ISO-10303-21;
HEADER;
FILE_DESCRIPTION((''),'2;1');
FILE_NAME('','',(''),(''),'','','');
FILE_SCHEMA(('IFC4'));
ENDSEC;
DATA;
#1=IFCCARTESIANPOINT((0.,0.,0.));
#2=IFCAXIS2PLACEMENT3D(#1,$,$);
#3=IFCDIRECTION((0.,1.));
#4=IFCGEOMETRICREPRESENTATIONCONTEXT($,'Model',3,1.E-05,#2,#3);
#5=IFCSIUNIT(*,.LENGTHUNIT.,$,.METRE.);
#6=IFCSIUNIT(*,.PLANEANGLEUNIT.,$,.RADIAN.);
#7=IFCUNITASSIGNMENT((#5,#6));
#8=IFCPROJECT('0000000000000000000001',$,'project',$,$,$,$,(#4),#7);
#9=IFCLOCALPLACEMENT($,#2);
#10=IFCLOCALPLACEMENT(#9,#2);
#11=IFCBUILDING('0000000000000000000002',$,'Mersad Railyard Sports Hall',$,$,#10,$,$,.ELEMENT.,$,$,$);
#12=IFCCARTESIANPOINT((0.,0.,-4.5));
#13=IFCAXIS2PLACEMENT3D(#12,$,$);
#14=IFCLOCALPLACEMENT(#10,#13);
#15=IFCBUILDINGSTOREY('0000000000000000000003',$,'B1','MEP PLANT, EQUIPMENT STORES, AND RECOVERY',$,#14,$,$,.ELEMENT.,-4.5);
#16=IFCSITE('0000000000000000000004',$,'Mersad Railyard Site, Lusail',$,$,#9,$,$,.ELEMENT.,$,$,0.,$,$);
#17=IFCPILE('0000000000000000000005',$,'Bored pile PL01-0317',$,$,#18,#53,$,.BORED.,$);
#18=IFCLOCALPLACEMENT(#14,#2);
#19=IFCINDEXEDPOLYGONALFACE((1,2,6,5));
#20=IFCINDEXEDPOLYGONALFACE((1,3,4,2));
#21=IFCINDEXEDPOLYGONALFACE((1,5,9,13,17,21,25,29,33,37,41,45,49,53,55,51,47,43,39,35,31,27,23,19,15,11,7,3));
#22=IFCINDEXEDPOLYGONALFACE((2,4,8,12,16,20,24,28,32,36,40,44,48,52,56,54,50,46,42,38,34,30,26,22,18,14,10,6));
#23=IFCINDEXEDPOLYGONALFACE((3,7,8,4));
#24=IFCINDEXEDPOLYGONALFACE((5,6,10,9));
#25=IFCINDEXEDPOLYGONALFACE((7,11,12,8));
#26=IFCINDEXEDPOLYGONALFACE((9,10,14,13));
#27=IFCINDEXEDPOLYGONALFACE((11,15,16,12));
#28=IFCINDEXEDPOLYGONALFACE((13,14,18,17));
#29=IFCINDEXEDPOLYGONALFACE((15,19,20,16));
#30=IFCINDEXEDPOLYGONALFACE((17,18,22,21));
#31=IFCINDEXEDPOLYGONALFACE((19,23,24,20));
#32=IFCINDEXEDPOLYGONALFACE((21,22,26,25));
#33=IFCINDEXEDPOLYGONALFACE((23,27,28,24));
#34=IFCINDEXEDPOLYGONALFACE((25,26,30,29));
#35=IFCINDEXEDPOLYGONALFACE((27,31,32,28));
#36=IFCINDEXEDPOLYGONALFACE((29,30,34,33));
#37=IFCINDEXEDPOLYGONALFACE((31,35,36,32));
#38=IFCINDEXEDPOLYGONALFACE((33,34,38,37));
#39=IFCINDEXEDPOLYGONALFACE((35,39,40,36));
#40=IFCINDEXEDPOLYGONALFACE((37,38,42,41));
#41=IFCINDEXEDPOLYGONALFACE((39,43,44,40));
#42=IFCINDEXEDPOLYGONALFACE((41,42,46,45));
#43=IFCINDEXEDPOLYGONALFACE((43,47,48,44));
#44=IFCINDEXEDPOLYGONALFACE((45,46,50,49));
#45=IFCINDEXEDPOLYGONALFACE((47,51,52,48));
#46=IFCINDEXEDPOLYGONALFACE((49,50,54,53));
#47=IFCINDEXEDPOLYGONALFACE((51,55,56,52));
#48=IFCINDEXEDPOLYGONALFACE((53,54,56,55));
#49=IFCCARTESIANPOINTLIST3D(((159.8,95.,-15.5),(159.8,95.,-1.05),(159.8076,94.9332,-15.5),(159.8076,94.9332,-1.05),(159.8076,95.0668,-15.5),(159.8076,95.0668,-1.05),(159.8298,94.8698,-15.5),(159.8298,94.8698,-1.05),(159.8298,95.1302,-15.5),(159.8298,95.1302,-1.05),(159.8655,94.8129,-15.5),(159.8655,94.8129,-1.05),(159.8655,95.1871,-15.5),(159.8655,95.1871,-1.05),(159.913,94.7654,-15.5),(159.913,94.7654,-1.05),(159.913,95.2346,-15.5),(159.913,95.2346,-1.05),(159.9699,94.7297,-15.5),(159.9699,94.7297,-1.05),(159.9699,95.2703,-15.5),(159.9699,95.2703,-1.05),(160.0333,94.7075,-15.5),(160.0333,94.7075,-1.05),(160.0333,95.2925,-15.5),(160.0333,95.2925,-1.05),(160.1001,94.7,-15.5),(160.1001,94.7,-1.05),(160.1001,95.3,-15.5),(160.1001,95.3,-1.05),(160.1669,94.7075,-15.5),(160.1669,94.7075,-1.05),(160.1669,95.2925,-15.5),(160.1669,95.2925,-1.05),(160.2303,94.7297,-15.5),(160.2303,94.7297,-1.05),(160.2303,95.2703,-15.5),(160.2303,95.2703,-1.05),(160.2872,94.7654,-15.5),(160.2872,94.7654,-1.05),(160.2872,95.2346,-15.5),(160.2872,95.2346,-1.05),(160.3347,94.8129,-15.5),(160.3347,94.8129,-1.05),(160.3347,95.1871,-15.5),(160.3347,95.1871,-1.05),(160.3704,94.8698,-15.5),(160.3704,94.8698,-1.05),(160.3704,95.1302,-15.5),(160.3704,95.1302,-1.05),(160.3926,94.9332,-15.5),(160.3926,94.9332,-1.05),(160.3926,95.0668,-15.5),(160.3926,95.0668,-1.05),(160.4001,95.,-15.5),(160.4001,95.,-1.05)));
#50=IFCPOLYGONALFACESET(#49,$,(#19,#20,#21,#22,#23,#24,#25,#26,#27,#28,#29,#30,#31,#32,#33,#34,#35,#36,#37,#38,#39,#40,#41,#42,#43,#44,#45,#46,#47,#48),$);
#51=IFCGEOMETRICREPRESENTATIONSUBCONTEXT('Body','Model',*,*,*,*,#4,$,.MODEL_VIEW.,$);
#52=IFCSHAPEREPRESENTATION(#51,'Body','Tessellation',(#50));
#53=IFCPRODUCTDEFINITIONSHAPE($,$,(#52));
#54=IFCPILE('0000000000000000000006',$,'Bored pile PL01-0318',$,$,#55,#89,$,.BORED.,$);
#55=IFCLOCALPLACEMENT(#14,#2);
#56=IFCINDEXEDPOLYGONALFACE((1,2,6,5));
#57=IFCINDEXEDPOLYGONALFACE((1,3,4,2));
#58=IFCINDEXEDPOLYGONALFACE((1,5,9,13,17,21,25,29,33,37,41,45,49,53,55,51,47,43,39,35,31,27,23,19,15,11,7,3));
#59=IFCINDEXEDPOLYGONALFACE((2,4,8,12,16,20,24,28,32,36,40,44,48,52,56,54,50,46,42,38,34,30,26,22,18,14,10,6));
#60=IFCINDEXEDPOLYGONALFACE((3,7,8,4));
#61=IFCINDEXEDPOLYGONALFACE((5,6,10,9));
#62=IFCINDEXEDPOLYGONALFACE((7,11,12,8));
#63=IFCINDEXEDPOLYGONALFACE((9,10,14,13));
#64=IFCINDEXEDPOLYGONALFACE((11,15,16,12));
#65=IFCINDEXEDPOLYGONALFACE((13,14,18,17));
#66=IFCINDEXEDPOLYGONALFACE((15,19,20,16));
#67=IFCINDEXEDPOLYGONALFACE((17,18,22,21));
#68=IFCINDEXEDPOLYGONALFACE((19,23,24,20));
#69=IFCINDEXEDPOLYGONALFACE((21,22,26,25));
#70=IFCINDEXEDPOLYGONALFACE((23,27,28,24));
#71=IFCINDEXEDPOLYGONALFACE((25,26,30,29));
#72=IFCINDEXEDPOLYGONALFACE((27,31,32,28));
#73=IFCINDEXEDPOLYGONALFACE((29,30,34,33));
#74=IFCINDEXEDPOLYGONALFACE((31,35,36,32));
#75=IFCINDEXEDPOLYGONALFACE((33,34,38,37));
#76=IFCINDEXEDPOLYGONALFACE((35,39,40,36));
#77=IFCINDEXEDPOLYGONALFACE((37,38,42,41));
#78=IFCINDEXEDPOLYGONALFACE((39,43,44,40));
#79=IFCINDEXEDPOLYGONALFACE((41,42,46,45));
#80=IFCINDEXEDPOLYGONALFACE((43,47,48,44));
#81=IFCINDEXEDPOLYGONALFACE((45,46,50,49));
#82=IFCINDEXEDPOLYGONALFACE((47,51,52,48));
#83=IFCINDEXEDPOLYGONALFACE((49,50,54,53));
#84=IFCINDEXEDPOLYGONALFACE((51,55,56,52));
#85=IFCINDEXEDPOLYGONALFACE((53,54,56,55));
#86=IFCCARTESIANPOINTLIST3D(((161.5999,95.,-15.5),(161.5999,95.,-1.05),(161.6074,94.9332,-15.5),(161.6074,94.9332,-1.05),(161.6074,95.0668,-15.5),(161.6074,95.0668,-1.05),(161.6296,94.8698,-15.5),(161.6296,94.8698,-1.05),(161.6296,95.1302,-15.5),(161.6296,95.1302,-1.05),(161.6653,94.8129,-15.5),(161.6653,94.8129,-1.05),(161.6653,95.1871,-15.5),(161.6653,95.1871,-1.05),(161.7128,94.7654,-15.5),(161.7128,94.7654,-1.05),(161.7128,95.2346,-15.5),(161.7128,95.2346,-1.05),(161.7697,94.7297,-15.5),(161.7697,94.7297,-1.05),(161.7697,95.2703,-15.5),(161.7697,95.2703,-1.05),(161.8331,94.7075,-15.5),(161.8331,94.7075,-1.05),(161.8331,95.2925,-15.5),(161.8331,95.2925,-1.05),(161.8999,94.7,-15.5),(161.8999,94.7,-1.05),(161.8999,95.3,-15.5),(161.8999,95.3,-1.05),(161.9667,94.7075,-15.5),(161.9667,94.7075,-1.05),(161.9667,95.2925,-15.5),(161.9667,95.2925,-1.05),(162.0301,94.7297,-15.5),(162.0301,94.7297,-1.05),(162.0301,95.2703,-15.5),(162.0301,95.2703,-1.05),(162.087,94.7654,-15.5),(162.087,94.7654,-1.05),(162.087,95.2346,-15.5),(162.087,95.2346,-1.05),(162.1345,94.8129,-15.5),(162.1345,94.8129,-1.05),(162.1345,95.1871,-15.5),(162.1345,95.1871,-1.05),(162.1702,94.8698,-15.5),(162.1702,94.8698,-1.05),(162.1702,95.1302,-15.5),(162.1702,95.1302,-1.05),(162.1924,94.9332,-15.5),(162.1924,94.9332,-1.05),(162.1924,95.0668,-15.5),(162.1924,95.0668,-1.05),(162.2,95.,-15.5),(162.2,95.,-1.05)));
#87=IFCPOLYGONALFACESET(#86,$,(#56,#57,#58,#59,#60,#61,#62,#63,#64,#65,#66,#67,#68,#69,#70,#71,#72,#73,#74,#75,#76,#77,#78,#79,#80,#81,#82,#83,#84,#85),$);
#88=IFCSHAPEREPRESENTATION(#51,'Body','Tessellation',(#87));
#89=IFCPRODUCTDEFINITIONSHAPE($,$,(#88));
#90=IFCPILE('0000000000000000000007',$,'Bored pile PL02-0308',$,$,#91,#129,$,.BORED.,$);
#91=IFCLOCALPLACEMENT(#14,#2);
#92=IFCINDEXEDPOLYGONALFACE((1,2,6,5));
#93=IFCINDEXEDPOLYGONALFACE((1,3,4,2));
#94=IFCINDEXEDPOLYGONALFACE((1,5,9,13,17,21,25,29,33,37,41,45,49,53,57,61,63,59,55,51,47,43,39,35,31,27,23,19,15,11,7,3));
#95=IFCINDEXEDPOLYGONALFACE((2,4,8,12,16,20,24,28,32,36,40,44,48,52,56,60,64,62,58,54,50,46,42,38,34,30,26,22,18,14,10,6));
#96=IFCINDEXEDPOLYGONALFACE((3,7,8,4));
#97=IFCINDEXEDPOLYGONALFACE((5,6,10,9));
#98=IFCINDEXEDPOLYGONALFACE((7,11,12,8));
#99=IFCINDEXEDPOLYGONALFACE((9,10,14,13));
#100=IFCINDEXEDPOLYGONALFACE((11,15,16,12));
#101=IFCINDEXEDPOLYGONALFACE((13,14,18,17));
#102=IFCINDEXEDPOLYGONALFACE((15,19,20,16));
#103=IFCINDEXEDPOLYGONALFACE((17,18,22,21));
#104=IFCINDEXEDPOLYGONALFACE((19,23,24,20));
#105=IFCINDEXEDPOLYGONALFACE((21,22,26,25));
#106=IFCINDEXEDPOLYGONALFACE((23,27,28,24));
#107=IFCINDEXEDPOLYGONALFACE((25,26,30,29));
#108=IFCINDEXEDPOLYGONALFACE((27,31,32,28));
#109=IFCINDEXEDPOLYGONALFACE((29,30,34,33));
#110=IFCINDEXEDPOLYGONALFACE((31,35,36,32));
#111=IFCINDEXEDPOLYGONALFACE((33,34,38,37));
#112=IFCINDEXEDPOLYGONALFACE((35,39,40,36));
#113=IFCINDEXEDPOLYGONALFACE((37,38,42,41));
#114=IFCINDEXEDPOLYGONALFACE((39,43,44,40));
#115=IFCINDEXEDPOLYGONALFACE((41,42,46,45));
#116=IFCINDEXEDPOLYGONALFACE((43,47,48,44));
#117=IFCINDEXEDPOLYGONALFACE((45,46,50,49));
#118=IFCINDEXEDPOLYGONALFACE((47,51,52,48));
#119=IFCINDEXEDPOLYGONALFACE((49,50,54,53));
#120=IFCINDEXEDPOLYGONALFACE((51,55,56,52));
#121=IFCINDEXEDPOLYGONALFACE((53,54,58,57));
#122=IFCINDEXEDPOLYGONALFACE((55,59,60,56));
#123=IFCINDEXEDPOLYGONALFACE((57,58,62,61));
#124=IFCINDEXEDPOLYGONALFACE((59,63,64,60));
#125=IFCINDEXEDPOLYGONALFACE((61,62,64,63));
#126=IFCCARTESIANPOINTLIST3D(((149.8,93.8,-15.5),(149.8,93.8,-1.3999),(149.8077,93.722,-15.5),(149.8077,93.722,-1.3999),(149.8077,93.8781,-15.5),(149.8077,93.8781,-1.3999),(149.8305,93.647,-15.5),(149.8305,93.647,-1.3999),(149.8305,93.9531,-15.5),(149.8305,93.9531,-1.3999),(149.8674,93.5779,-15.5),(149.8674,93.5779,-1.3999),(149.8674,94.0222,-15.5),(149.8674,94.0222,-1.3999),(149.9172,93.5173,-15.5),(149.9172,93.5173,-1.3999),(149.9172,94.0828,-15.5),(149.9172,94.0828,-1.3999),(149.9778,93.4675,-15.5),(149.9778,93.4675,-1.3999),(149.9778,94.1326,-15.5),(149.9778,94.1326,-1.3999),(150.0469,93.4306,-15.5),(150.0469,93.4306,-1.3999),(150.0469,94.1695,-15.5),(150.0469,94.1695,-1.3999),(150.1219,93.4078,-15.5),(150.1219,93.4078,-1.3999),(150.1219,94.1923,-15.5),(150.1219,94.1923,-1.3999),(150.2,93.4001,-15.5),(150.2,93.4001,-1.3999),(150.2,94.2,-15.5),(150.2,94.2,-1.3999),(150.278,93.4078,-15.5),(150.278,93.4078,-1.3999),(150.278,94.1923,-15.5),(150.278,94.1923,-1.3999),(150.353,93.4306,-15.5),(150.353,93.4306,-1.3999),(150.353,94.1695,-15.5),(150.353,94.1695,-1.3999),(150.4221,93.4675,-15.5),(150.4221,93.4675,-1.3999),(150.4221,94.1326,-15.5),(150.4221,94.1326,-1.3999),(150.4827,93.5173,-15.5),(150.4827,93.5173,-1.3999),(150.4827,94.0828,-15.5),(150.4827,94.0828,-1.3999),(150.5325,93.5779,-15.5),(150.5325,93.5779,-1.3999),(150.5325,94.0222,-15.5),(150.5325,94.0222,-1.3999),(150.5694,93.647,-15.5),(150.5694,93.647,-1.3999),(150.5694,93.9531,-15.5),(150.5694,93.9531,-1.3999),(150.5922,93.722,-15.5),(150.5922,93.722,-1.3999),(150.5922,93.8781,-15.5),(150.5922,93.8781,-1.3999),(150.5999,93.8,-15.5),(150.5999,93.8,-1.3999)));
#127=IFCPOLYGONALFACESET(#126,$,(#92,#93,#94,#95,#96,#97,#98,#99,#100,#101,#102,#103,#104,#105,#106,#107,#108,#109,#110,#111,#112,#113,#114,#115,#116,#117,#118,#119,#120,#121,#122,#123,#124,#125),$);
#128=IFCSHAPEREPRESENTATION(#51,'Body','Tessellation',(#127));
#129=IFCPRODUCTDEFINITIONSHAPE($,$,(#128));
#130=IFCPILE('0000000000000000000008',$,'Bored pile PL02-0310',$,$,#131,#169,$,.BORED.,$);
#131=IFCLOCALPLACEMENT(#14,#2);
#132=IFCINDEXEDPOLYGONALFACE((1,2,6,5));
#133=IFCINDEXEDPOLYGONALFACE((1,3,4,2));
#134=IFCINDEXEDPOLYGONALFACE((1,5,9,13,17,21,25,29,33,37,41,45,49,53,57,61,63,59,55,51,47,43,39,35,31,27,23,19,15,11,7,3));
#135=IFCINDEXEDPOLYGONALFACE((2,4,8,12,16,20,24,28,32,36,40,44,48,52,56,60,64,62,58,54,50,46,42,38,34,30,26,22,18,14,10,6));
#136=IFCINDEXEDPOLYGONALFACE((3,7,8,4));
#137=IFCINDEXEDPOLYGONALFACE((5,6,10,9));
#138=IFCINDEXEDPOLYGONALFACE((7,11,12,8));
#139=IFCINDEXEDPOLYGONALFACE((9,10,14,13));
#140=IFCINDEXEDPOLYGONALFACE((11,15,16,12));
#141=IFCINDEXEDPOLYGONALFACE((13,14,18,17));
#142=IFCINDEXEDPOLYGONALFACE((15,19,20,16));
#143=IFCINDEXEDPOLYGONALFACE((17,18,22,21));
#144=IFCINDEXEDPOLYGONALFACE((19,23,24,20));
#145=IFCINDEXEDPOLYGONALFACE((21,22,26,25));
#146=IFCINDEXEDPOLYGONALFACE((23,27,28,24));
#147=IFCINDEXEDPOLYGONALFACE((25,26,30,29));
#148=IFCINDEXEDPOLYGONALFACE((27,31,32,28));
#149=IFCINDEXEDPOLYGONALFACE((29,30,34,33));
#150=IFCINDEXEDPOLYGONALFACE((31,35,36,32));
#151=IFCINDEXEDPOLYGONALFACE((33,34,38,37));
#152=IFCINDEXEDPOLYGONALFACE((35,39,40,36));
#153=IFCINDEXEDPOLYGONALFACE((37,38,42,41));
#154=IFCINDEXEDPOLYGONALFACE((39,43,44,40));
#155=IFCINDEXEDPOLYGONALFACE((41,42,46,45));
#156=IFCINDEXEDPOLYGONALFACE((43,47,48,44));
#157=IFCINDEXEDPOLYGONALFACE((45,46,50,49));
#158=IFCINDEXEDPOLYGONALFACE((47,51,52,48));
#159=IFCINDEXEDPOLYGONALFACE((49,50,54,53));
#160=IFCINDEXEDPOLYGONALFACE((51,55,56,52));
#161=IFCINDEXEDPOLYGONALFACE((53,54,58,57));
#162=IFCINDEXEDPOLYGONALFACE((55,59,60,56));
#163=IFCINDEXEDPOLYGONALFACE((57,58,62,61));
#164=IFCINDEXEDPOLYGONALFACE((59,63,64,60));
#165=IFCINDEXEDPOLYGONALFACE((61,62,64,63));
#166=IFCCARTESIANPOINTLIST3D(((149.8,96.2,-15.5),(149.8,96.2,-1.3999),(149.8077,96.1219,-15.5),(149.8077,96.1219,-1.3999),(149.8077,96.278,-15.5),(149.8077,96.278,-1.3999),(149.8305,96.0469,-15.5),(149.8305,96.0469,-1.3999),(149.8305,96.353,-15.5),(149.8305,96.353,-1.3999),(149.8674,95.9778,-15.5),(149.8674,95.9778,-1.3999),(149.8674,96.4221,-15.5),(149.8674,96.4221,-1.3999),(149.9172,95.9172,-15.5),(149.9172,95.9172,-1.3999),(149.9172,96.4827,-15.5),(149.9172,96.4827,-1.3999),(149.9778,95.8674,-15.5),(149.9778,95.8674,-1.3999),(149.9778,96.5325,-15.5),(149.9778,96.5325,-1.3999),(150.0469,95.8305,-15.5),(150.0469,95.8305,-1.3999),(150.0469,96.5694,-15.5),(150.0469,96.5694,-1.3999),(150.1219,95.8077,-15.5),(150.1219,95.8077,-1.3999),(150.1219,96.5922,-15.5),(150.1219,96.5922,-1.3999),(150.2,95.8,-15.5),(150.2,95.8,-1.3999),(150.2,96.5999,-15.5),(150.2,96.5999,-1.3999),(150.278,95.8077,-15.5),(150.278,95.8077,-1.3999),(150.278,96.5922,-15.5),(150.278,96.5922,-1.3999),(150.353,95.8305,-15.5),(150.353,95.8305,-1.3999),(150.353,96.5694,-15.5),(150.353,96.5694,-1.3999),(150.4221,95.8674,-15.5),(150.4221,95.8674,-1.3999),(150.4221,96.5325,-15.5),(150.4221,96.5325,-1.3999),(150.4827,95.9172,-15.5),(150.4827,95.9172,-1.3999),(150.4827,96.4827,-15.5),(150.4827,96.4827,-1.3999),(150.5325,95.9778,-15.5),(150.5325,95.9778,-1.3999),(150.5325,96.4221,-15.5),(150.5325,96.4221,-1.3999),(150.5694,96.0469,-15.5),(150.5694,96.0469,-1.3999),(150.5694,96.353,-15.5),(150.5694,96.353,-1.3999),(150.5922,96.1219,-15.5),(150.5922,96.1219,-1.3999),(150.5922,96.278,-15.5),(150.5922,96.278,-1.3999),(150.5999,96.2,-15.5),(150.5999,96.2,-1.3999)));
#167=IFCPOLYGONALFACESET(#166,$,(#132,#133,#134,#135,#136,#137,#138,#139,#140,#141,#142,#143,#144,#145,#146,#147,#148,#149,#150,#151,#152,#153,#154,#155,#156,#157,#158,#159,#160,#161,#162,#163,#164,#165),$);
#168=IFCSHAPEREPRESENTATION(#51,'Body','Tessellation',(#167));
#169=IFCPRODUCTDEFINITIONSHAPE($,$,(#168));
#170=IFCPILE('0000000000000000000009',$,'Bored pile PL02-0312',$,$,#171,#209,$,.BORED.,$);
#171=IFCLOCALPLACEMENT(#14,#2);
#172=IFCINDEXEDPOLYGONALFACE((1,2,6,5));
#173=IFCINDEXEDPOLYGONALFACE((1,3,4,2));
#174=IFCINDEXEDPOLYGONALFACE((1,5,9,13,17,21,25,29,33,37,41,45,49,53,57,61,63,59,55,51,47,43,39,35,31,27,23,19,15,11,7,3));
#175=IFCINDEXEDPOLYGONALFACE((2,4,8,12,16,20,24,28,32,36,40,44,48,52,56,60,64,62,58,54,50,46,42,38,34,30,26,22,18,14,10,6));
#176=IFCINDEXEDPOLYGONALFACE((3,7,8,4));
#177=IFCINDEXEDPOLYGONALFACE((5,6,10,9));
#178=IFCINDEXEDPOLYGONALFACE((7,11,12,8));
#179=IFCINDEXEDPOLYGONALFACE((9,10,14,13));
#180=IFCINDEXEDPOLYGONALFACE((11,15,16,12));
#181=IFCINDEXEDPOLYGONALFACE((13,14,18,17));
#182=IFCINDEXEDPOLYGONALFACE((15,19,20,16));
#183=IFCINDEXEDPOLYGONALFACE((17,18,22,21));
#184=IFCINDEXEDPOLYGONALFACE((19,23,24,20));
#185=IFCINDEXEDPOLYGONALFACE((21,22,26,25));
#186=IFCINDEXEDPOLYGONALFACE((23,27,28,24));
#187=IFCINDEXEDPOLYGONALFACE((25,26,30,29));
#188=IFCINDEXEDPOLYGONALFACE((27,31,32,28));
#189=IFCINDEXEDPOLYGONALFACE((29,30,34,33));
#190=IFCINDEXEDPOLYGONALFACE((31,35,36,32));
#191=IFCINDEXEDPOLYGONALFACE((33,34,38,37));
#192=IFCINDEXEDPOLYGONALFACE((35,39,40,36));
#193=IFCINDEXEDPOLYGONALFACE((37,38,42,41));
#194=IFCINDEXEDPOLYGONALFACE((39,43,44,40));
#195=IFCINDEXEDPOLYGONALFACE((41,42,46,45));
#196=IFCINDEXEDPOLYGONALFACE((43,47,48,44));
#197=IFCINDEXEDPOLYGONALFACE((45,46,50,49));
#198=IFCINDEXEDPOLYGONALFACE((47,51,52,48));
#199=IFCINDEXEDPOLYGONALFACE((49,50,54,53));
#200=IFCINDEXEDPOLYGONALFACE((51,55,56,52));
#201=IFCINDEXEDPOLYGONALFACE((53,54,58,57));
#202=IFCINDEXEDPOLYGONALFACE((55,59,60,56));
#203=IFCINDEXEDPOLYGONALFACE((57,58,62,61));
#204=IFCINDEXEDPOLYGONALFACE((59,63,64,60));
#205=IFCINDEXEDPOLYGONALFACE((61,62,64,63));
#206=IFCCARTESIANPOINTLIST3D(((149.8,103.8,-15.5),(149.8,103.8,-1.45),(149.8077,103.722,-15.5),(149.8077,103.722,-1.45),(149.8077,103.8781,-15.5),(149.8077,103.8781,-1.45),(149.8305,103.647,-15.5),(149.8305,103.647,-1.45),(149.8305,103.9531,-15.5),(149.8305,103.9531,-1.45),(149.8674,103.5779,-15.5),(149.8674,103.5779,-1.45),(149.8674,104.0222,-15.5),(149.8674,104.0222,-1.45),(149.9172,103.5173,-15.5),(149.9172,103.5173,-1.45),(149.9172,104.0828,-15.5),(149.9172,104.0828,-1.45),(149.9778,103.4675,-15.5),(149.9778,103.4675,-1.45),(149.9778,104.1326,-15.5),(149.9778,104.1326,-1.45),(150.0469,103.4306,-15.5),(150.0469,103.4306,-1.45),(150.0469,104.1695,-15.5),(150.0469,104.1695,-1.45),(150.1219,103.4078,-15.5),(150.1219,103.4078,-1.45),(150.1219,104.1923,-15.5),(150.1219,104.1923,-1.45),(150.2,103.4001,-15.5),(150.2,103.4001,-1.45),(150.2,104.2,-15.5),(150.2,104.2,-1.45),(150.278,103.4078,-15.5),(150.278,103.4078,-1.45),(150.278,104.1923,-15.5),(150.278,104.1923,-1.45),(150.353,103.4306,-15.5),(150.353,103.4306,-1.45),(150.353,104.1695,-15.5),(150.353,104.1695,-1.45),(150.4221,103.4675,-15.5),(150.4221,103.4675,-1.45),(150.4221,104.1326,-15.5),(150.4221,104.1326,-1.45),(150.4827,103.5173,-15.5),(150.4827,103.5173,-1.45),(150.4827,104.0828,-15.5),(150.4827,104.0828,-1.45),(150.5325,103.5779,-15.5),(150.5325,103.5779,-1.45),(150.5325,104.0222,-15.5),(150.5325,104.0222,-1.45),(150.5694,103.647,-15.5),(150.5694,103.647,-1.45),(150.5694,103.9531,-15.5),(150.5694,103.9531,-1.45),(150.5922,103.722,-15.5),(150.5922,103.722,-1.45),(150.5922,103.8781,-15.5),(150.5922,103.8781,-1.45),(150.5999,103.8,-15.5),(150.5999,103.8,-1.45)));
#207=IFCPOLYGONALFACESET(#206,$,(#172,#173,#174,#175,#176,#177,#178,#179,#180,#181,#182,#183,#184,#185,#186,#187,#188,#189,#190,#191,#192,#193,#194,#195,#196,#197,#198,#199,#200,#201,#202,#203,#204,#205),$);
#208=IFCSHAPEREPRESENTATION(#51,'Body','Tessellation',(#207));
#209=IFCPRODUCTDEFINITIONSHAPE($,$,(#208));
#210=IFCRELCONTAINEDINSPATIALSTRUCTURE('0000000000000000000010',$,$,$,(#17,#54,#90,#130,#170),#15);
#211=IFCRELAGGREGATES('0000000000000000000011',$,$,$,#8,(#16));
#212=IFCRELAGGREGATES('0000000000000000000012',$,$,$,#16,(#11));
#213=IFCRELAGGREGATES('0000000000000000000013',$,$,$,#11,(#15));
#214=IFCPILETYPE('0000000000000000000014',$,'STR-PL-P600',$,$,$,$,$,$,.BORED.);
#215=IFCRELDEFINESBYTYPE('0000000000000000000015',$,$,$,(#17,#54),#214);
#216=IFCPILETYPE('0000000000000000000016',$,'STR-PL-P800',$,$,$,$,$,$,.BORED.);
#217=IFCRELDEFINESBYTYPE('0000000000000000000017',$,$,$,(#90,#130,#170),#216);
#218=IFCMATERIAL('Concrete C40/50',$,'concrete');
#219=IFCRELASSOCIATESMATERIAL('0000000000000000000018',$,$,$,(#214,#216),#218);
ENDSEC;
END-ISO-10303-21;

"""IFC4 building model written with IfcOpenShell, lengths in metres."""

from ifc_helpers import new_model, si_unit, direction, frame, origin, origin_2d, place, context, subcontext, project, spatial, circle, extrude, material, material_profile, profile_set, type_object, element, save


model = new_model("IFC4")

# Units and contexts
model_context = context("Model", 3, precision=1e-05, world=origin(), true_north=direction((0.0, 1.0)))
body_context = subcontext(model_context, "Body", "Model", "MODEL_VIEW")
ifc_project = project(units=[si_unit("LENGTHUNIT", "METRE"), si_unit("PLANEANGLEUNIT", "RADIAN")], contexts=[model_context])

# Site, building, storey
site_placement = place(None, origin())
site = spatial("IfcSite", under=ifc_project, at=site_placement, Name="Mersad Railyard Site, Lusail", CompositionType="ELEMENT", RefElevation=0.0)
building_placement = place(site_placement, origin())
building = spatial("IfcBuilding", under=site, at=building_placement, Name="Mersad Railyard Sports Hall", CompositionType="ELEMENT")
storey_placement = place(building_placement, frame((0.0, 0.0, -4.5)))
storey = spatial("IfcBuildingStorey", under=building, at=storey_placement, Name="B1", Description="MEP PLANT, EQUIPMENT STORES, AND RECOVERY", CompositionType="ELEMENT", Elevation=-4.5)

# Shared definitions
ifc_material_1 = material(Name="Concrete C40/50", Category="concrete")

# Piles
ifc_material_profile_1 = material_profile(ifc_material_1, circle(Radius=0.3, at=origin_2d()), Name="BORED PILE D600")
ifc_profile_set_1 = profile_set([ifc_material_profile_1], Name="Concrete C40/50")
pile_type_1 = type_object("IfcPileType", Name="STR-PL-P600", PredefinedType="BORED", material=ifc_profile_set_1)
for number, where, z_axis, x_axis, name in (
    (1, (160.1001, 95.0, -1.05), (0.0, 0.0, -1.0), (1.0, 0.0, 0.0), "Bored pile PL01-0317"),
    (2, (161.8999, 95.0, -1.05), (0.0, 0.0, -1.0), (1.0, 0.0, 0.0), "Bored pile PL01-0318"),
):
    element("IfcPile", number, at=place(storey_placement, frame(where, z_axis=z_axis, x_axis=x_axis)), inside=storey, type_object=pile_type_1, Name=name, PredefinedType="BORED", context=body_context, shape_type="SweptSolid", body=[
        extrude(circle(Radius=0.3, at=origin_2d()), origin(), (0.0, 0.0, 1.0), 14.45),
    ])
ifc_material_profile_2 = material_profile(ifc_material_1, circle(Radius=0.3999, at=origin_2d()), Name="BORED PILE D800")
ifc_profile_set_2 = profile_set([ifc_material_profile_2], Name="Concrete C40/50")
pile_type_2 = type_object("IfcPileType", Name="STR-PL-P800", PredefinedType="BORED", material=ifc_profile_set_2)
for number, where, z_axis, x_axis, name in (
    (3, (150.2, 93.8, -1.3999), (0.0, 0.0, -1.0), (1.0, 0.0, 0.0), "Bored pile PL02-0308"),
    (4, (150.2, 96.2, -1.3999), (0.0, 0.0, -1.0), (1.0, 0.0, 0.0), "Bored pile PL02-0310"),
):
    element("IfcPile", number, at=place(storey_placement, frame(where, z_axis=z_axis, x_axis=x_axis)), inside=storey, type_object=pile_type_2, Name=name, PredefinedType="BORED", context=body_context, shape_type="SweptSolid", body=[
        extrude(circle(Radius=0.3999, at=origin_2d()), origin(), (0.0, 0.0, 1.0), 14.1001),
    ])
pile_placement = place(storey_placement, frame((150.2, 103.8, -1.45), z_axis=(0.0, 0.0, -1.0), x_axis=(1.0, 0.0, 0.0)))
element("IfcPile", 5, at=pile_placement, inside=storey, type_object=pile_type_2, Name="Bored pile PL02-0312", PredefinedType="BORED", context=body_context, shape_type="SweptSolid", body=[
    extrude(circle(Radius=0.3999, at=origin_2d()), origin(), (0.0, 0.0, 1.0), 14.05),
])

save(model, "model.ifc")
